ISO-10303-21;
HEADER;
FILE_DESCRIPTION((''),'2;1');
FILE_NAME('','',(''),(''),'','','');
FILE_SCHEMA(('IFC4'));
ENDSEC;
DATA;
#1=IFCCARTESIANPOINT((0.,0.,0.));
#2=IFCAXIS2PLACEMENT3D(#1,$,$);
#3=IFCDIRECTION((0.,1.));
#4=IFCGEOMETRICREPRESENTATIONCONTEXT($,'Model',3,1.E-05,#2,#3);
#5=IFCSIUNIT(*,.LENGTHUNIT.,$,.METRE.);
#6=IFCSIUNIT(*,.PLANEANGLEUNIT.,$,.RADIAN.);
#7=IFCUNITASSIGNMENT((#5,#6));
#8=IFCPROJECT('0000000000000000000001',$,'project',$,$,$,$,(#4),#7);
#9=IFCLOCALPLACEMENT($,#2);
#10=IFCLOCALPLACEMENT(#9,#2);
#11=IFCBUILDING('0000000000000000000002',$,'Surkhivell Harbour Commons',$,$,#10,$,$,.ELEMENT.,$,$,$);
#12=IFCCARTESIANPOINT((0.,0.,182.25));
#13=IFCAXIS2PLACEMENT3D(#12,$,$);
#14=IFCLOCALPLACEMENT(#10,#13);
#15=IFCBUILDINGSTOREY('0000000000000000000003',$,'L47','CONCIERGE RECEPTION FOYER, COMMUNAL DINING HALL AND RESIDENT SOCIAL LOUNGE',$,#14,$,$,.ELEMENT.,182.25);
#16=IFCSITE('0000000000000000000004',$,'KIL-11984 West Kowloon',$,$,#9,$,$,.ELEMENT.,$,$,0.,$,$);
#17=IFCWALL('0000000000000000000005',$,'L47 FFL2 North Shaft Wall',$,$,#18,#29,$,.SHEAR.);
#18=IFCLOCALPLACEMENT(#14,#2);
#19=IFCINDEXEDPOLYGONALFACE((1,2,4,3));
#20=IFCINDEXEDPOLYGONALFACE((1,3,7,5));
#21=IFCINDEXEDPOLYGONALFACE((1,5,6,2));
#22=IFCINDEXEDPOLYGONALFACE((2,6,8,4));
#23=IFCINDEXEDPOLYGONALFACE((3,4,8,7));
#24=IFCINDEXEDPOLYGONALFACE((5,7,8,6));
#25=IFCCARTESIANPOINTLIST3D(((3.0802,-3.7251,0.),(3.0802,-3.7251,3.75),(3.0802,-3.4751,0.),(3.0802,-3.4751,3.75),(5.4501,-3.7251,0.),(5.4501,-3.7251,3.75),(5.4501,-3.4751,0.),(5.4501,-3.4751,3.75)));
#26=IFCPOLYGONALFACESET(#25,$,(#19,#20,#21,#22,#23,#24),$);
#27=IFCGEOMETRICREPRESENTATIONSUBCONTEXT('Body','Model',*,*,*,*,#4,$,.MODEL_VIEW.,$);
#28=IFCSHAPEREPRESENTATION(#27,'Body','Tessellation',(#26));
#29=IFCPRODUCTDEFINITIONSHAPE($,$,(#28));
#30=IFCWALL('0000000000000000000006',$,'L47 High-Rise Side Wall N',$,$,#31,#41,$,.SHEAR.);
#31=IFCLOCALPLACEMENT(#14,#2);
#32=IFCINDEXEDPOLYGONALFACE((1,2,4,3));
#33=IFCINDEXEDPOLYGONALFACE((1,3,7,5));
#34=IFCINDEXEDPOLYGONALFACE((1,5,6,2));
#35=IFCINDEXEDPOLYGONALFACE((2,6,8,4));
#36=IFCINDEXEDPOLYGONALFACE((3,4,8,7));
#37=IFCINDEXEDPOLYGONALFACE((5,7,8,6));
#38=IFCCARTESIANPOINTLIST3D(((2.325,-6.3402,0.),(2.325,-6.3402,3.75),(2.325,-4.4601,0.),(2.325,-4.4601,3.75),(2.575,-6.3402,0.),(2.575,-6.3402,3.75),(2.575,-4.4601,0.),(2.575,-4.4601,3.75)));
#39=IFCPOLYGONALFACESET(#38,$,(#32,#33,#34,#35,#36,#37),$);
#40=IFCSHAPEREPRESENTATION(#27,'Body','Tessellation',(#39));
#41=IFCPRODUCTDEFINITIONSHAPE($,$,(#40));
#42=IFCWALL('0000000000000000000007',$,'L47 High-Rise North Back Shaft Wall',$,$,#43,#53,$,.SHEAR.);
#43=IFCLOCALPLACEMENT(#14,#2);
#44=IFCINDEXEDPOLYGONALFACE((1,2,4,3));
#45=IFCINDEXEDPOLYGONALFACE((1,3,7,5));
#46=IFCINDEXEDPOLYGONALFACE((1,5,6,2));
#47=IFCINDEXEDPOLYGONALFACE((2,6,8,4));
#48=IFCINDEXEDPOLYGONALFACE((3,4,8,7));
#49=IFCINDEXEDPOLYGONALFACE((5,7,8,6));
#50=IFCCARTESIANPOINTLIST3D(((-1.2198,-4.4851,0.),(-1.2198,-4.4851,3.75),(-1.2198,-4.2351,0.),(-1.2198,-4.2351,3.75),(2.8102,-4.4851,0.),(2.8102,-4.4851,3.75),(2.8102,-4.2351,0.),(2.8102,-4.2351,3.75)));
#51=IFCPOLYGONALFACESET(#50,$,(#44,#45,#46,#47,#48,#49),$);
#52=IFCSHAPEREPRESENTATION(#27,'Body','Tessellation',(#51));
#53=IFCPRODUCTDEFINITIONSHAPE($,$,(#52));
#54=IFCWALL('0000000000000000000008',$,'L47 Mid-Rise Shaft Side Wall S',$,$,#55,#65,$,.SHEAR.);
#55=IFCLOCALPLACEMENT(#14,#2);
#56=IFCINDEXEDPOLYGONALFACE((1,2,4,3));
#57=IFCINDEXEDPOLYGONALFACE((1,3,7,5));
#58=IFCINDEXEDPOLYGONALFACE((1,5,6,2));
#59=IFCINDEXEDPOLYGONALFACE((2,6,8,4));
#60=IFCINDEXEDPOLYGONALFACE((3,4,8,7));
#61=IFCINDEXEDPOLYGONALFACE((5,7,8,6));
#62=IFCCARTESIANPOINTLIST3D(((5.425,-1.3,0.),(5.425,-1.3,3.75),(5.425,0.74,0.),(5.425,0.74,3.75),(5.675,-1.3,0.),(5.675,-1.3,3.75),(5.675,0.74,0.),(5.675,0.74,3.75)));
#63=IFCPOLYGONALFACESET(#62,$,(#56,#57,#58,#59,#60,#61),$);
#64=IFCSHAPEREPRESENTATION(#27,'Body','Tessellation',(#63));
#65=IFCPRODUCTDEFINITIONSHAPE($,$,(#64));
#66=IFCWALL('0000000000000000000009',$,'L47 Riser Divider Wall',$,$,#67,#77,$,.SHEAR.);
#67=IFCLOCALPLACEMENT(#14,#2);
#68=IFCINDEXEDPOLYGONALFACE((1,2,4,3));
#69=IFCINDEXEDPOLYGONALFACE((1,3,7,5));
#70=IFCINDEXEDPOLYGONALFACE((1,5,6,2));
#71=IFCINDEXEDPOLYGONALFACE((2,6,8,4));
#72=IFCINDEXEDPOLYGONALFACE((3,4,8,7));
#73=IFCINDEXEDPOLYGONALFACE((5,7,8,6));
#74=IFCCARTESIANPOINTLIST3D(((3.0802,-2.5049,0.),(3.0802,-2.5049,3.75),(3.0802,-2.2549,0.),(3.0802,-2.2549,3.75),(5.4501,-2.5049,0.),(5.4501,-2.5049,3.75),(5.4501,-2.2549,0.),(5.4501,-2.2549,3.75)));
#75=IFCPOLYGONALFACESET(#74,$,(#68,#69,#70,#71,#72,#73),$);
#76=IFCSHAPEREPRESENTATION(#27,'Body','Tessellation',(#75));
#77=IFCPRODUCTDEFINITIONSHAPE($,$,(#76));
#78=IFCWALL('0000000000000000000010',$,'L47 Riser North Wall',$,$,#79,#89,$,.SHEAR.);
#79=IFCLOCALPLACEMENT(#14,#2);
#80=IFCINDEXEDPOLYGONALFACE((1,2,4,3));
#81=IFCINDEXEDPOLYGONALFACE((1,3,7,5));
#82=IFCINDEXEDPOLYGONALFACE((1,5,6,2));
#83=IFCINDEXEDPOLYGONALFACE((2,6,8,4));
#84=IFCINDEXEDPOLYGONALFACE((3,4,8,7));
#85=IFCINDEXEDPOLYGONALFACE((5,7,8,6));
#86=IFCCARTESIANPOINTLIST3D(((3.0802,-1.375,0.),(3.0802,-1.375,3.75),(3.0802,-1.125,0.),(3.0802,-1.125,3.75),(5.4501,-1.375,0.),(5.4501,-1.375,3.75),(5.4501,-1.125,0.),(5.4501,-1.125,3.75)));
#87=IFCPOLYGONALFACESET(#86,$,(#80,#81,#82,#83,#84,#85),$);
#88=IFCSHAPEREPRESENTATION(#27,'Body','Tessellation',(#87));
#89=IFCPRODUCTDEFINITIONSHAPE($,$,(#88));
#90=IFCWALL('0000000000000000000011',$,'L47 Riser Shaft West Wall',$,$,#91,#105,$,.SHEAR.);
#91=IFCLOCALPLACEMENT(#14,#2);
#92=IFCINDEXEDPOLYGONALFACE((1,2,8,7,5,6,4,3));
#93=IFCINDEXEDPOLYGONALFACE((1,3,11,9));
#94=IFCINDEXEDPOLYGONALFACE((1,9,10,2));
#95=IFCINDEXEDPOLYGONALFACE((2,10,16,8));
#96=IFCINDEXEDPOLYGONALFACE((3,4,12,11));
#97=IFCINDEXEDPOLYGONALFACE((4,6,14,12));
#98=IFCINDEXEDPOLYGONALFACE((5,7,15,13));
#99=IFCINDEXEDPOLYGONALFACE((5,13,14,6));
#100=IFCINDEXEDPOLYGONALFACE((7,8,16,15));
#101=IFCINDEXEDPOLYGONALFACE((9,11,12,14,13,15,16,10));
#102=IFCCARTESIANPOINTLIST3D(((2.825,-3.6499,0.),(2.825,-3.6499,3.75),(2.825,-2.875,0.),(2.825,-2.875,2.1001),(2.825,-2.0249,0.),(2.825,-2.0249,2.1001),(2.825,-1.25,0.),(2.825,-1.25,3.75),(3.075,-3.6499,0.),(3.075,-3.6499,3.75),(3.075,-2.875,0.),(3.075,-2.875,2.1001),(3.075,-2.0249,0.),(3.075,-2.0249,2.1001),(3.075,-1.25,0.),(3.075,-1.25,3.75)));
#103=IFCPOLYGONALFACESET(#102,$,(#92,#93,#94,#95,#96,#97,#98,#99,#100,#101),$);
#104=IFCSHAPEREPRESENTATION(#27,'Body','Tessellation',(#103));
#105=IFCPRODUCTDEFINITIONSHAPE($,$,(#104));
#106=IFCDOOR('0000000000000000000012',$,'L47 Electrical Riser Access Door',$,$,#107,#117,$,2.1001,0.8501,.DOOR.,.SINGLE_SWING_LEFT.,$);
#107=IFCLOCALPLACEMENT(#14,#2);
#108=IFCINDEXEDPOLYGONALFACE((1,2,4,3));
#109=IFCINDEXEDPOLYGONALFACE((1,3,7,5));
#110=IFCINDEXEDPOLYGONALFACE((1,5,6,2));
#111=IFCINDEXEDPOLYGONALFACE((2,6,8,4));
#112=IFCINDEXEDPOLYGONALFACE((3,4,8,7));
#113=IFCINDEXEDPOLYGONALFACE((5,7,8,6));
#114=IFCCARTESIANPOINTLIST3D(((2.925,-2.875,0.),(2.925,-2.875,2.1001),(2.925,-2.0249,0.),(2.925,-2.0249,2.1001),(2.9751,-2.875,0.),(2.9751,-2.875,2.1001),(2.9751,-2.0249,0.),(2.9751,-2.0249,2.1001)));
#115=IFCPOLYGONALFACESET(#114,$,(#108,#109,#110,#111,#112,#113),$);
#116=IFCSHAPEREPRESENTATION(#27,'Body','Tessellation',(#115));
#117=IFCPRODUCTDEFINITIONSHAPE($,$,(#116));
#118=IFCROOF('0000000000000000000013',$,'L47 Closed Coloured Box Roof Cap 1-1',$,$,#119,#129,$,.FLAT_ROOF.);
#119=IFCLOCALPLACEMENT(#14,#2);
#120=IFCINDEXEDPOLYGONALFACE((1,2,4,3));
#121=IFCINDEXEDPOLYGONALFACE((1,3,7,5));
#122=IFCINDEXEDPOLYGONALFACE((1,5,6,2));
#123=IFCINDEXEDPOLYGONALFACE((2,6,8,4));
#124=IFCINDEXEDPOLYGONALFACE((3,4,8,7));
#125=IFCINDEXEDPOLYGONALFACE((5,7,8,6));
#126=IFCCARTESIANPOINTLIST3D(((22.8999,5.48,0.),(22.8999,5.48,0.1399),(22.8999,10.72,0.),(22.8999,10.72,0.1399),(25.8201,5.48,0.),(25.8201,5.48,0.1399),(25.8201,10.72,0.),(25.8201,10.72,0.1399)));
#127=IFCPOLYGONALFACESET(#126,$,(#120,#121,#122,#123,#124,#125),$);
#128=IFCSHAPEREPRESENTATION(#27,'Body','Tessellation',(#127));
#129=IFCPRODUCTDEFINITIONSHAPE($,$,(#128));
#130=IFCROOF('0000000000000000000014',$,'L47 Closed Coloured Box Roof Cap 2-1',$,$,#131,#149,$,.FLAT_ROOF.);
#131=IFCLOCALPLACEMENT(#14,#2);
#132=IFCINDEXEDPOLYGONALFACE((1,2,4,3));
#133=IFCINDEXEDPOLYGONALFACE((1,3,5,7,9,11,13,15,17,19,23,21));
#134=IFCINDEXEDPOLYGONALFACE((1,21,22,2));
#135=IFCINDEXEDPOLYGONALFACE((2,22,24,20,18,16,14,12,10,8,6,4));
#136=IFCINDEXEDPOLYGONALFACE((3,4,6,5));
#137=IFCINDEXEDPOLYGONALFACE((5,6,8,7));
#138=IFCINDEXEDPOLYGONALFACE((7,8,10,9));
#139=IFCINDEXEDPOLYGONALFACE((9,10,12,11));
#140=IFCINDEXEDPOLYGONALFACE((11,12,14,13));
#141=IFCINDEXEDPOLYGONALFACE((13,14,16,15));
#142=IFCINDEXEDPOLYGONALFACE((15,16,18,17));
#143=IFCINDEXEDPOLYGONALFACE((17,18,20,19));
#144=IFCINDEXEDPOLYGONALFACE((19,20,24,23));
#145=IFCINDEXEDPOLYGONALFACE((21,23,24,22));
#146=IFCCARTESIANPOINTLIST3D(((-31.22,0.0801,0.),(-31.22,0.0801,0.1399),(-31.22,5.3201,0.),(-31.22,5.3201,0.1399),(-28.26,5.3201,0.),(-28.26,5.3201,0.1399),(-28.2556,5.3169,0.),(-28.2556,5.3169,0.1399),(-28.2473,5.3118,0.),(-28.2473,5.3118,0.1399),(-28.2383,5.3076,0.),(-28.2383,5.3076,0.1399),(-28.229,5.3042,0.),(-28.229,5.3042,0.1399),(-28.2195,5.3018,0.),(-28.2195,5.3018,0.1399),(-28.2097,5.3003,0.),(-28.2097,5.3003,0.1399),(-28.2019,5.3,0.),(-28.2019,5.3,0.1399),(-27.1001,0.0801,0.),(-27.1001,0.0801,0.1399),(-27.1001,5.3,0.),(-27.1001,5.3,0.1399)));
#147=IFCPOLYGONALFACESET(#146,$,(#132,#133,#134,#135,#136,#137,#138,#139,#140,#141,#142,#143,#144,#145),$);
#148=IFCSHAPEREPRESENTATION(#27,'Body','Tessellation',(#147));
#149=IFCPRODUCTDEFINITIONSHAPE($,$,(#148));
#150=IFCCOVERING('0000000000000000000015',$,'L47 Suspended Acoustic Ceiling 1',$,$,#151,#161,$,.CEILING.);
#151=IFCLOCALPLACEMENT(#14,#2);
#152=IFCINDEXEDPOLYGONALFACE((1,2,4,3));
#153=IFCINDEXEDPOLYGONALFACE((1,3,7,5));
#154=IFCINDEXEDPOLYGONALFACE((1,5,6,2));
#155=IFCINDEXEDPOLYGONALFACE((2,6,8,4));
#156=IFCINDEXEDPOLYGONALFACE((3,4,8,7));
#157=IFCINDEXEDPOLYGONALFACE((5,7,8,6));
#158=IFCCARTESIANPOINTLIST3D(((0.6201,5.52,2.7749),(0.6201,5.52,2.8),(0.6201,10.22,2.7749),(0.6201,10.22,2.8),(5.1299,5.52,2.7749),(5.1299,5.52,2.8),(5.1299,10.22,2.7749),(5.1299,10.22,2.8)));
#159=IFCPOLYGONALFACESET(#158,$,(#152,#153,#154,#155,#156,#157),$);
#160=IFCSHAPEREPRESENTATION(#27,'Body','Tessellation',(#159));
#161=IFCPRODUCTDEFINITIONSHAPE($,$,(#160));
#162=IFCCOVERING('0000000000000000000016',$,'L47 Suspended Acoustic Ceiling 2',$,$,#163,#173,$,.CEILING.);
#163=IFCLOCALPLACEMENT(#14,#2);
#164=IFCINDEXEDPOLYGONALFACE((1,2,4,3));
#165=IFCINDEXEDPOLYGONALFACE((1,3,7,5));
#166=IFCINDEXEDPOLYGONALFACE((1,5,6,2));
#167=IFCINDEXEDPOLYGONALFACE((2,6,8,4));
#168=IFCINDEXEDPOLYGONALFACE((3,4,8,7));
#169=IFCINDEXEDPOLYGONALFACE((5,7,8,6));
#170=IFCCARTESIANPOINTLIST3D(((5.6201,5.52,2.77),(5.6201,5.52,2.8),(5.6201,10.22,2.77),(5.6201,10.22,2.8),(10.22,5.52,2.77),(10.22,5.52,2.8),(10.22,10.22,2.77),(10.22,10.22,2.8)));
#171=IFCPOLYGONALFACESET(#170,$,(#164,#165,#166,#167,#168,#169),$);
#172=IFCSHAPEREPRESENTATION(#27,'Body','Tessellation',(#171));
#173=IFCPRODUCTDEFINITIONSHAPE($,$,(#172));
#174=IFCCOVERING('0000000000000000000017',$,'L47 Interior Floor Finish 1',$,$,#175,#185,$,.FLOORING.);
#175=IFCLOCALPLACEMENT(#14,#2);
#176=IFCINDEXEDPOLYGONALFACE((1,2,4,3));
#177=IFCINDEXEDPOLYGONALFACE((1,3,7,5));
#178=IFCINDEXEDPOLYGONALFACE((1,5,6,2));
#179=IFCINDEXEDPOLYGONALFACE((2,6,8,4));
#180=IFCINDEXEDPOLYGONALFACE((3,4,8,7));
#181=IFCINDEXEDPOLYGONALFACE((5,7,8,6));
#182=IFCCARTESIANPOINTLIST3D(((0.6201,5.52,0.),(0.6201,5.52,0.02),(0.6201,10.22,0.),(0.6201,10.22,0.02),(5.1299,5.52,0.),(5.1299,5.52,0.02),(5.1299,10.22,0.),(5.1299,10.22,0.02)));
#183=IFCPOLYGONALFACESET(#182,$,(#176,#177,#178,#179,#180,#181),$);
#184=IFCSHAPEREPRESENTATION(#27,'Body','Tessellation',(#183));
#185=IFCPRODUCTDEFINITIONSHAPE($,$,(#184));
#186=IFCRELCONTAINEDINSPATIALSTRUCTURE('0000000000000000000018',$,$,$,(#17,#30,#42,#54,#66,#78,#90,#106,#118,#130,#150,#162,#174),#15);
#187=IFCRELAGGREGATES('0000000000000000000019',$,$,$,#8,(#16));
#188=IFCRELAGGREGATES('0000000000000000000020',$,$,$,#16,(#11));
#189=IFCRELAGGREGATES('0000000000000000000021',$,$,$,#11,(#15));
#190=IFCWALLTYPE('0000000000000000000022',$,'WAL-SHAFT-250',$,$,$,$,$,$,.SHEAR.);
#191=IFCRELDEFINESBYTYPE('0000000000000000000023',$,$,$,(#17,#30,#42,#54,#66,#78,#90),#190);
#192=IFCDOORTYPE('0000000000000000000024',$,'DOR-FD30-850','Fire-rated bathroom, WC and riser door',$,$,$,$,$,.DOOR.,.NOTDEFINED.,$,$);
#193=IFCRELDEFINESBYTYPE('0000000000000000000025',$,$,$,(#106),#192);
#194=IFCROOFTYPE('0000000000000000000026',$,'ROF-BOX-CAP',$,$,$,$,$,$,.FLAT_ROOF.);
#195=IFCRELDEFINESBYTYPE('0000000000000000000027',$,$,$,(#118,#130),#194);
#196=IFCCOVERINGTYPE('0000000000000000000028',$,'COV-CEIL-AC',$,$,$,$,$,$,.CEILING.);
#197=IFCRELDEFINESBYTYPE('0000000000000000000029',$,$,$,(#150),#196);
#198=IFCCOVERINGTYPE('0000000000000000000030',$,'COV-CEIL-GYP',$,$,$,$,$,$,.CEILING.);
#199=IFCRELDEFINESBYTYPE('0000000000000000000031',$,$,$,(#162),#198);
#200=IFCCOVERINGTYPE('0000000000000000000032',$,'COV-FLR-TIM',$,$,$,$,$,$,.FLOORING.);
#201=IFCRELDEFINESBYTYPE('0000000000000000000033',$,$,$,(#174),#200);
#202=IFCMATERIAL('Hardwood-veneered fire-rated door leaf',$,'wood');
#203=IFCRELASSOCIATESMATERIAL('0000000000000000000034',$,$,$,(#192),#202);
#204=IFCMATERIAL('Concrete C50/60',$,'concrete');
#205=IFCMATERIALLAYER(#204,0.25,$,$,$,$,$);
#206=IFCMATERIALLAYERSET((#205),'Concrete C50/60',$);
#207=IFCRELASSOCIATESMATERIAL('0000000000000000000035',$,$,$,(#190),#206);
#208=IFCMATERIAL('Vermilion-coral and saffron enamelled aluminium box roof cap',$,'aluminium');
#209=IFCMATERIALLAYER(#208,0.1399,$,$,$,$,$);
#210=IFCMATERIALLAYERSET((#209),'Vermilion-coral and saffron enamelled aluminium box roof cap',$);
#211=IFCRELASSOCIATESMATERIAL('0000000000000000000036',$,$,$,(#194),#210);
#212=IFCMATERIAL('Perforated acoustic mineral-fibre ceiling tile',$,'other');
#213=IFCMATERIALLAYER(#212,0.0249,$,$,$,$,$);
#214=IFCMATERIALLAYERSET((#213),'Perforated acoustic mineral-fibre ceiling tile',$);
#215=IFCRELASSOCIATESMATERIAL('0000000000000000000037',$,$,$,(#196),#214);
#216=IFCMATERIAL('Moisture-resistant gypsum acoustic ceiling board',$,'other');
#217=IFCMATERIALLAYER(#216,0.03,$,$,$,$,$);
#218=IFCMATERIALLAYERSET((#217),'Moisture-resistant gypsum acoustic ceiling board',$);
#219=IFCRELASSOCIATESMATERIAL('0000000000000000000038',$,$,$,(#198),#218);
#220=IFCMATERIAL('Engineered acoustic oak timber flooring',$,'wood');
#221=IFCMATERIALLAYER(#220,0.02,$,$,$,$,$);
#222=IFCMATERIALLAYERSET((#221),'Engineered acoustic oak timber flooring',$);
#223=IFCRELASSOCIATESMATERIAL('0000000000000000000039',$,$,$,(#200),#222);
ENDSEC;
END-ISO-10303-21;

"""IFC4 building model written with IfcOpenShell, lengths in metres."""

from ifc_helpers import new_model, si_unit, direction, frame, frame_2d, origin, place, context, subcontext, project, spatial, polyline, rectangle, outline, extrude, material, layer, layer_set, type_object, element, fill, save


model = new_model("IFC4")

# Units and contexts
model_context = context("Model", 3, precision=1e-05, world=origin(), true_north=direction((0.0, 1.0)))
body_context = subcontext(model_context, "Body", "Model", "MODEL_VIEW")
ifc_project = project(units=[si_unit("LENGTHUNIT", "METRE"), si_unit("PLANEANGLEUNIT", "RADIAN")], contexts=[model_context])

# Site, building, storey
site_placement = place(None, origin())
site = spatial("IfcSite", under=ifc_project, at=site_placement, Name="KIL-11984 West Kowloon", CompositionType="ELEMENT", RefElevation=0.0)
building_placement = place(site_placement, origin())
building = spatial("IfcBuilding", under=site, at=building_placement, Name="Surkhivell Harbour Commons", CompositionType="ELEMENT")
storey_placement = place(building_placement, frame((0.0, 0.0, 182.25)))
storey = spatial("IfcBuildingStorey", under=building, at=storey_placement, Name="L47", Description="CONCIERGE RECEPTION FOYER, COMMUNAL DINING HALL AND RESIDENT SOCIAL LOUNGE", CompositionType="ELEMENT", Elevation=182.25)

# Shared definitions
ifc_material_1 = material(Name="Hardwood-veneered fire-rated door leaf", Category="wood")
door_type = type_object("IfcDoorType", Name="DOR-FD30-850", Description="Fire-rated bathroom, WC and riser door", OperationType="NOTDEFINED", PredefinedType="DOOR", material=ifc_material_1)

# Walls
ifc_material_2 = material(Name="Concrete C50/60", Category="concrete")
ifc_layer_1 = layer(ifc_material_2, 0.25)
ifc_layer_set_1 = layer_set([ifc_layer_1], Name="Concrete C50/60")
wall_type_1 = type_object("IfcWallType", Name="WAL-SHAFT-250", PredefinedType="SHEAR", material=ifc_layer_set_1)
wall_1_placement = place(storey_placement, frame((3.0801, -3.6001, 0.0), z_axis=(0.0, 0.0, 1.0), x_axis=(1.0, 0.0, 0.0)))
element("IfcWall", 1, at=wall_1_placement, inside=storey, type_object=wall_type_1, Name="L47 FFL2 North Shaft Wall", PredefinedType="SHEAR", context=body_context, shape_type="SweptSolid", body=[
    extrude(rectangle(XDim=2.3699, YDim=0.25, at=frame_2d((1.1851, 0.0))), origin(), (0.0, 0.0, 1.0), 3.75),
])
wall_2_placement = place(storey_placement, frame((2.45, -6.3401, 0.0), z_axis=(0.0, 0.0, 1.0), x_axis=(0.0, 1.0, 0.0)))
element("IfcWall", 2, at=wall_2_placement, inside=storey, type_object=wall_type_1, Name="L47 High-Rise Side Wall N", PredefinedType="SHEAR", context=body_context, shape_type="SweptSolid", body=[
    extrude(rectangle(XDim=1.8801, YDim=0.25, at=frame_2d((0.9399, 0.0))), origin(), (0.0, 0.0, 1.0), 3.75),
])
wall_3_placement = place(storey_placement, frame((-1.22, -4.3601, 0.0), z_axis=(0.0, 0.0, 1.0), x_axis=(1.0, 0.0, 0.0)))
element("IfcWall", 3, at=wall_3_placement, inside=storey, type_object=wall_type_1, Name="L47 High-Rise North Back Shaft Wall", PredefinedType="SHEAR", context=body_context, shape_type="SweptSolid", body=[
    extrude(rectangle(XDim=4.03, YDim=0.25, at=frame_2d((2.0151, 0.0))), origin(), (0.0, 0.0, 1.0), 3.75),
])
wall_4_placement = place(storey_placement, frame((5.55, -1.3, 0.0), z_axis=(0.0, 0.0, 1.0), x_axis=(0.0, 1.0, 0.0)))
element("IfcWall", 4, at=wall_4_placement, inside=storey, type_object=wall_type_1, Name="L47 Mid-Rise Shaft Side Wall S", PredefinedType="SHEAR", context=body_context, shape_type="SweptSolid", body=[
    extrude(rectangle(XDim=2.04, YDim=0.25, at=frame_2d((1.02, 0.0))), origin(), (0.0, 0.0, 1.0), 3.75),
])
for number, where, z_axis, x_axis, name in (
    (5, (3.0801, -2.3799, 0.0), (0.0, 0.0, 1.0), (1.0, 0.0, 0.0), "L47 Riser Divider Wall"),
    (6, (3.0801, -1.25, 0.0), (0.0, 0.0, 1.0), (1.0, 0.0, 0.0), "L47 Riser North Wall"),
):
    element("IfcWall", number, at=place(storey_placement, frame(where, z_axis=z_axis, x_axis=x_axis)), inside=storey, type_object=wall_type_1, Name=name, PredefinedType="SHEAR", context=body_context, shape_type="SweptSolid", body=[
        extrude(rectangle(XDim=2.3699, YDim=0.25, at=frame_2d((1.1851, 0.0))), origin(), (0.0, 0.0, 1.0), 3.75),
    ])

# Wall, opening, door
wall_5_placement = place(storey_placement, frame((2.95, -3.6499, 0.0), z_axis=(0.0, 0.0, 1.0), x_axis=(0.0, 1.0, 0.0)))
wall_5 = element("IfcWall", 7, at=wall_5_placement, inside=storey, type_object=wall_type_1, Name="L47 Riser Shaft West Wall", PredefinedType="SHEAR", context=body_context, shape_type="SweptSolid", body=[
    extrude(rectangle(XDim=2.3999, YDim=0.25, at=frame_2d((1.2, 0.0))), origin(), (0.0, 0.0, 1.0), 3.75),
])
opening_1_placement = place(wall_5_placement, frame((0.7749, 0.0, 0.0)))
opening_1 = element("IfcOpeningElement", 8, at=opening_1_placement, cuts=wall_5, PredefinedType="OPENING", context=body_context, shape_type="SweptSolid", body=[
    extrude(rectangle(XDim=0.8501, YDim=2.1001, at=frame_2d((0.425, 1.05))), frame((0.0, 0.135, 0.0), z_axis=(0.0, -1.0, 0.0), x_axis=(1.0, 0.0, 0.0)), (0.0, 0.0, 1.0), 0.27),
])
door_1_placement = place(opening_1_placement, origin())
door_1 = element("IfcDoor", 9, at=door_1_placement, inside=storey, type_object=door_type, Name="L47 Electrical Riser Access Door", OperationType="SINGLE_SWING_LEFT", OverallHeight=2.1001, OverallWidth=0.8501, PredefinedType="DOOR", context=body_context, shape_type="SweptSolid", body=[
    extrude(rectangle(XDim=0.8501, YDim=2.1001, at=frame_2d((0.425, 1.05))), frame((0.0, 0.0249, 0.0), z_axis=(0.0, -1.0, 0.0), x_axis=(1.0, 0.0, 0.0)), (0.0, 0.0, 1.0), 0.05),
])
fill(opening_1, door_1)

# Roofs
ifc_material_3 = material(Name="Vermilion-coral and saffron enamelled aluminium box roof cap", Category="aluminium")
ifc_layer_2 = layer(ifc_material_3, 0.1399)
ifc_layer_set_2 = layer_set([ifc_layer_2], Name="Vermilion-coral and saffron enamelled aluminium box roof cap")
roof_type = type_object("IfcRoofType", Name="ROF-BOX-CAP", PredefinedType="FLAT_ROOF", material=ifc_layer_set_2)
roof_1_placement = place(storey_placement, origin())
element("IfcRoof", 10, at=roof_1_placement, inside=storey, type_object=roof_type, Name="L47 Closed Coloured Box Roof Cap 1-1", PredefinedType="FLAT_ROOF", context=body_context, shape_type="SweptSolid", body=[
    extrude(outline(polyline([(22.8999, 10.72), (22.8999, 5.48), (25.8201, 5.48), (25.8201, 10.72), (22.8999, 10.72)])), origin(), (0.0, 0.0, 1.0), 0.1399),
])
roof_2_placement = place(storey_placement, origin())
element("IfcRoof", 11, at=roof_2_placement, inside=storey, type_object=roof_type, Name="L47 Closed Coloured Box Roof Cap 2-1", PredefinedType="FLAT_ROOF", context=body_context, shape_type="SweptSolid", body=[
    extrude(outline(polyline([(-27.1001, 0.0801), (-27.1001, 5.3), (-28.2019, 5.3), (-28.2097, 5.3003), (-28.2195, 5.3018), (-28.229, 5.3042), (-28.2383, 5.3076), (-28.2473, 5.3118), (-28.2556, 5.3169), (-28.26, 5.3201), (-31.22, 5.3201), (-31.22, 0.0801), (-27.1001, 0.0801)])), origin(), (0.0, 0.0, 1.0), 0.1399),
])

# Coverings
ifc_material_4 = material(Name="Perforated acoustic mineral-fibre ceiling tile", Category="other")
ifc_layer_3 = layer(ifc_material_4, 0.0249)
ifc_layer_set_3 = layer_set([ifc_layer_3], Name="Perforated acoustic mineral-fibre ceiling tile")
covering_type_1 = type_object("IfcCoveringType", Name="COV-CEIL-AC", PredefinedType="CEILING", material=ifc_layer_set_3)
covering_1_placement = place(storey_placement, frame((0.0, 0.0, 2.7749)))
element("IfcCovering", 12, at=covering_1_placement, inside=storey, type_object=covering_type_1, Name="L47 Suspended Acoustic Ceiling 1", PredefinedType="CEILING", context=body_context, shape_type="SweptSolid", body=[
    extrude(outline(polyline([(0.6201, 5.52), (5.1299, 5.52), (5.1299, 10.22), (0.6201, 10.22), (0.6201, 5.52)])), origin(), (0.0, 0.0, 1.0), 0.0251),
])
ifc_material_5 = material(Name="Moisture-resistant gypsum acoustic ceiling board", Category="other")
ifc_layer_4 = layer(ifc_material_5, 0.03)
ifc_layer_set_4 = layer_set([ifc_layer_4], Name="Moisture-resistant gypsum acoustic ceiling board")
covering_type_2 = type_object("IfcCoveringType", Name="COV-CEIL-GYP", PredefinedType="CEILING", material=ifc_layer_set_4)
covering_2_placement = place(storey_placement, frame((0.0, 0.0, 2.77)))
element("IfcCovering", 13, at=covering_2_placement, inside=storey, type_object=covering_type_2, Name="L47 Suspended Acoustic Ceiling 2", PredefinedType="CEILING", context=body_context, shape_type="SweptSolid", body=[
    extrude(outline(polyline([(5.6201, 5.52), (10.22, 5.52), (10.22, 10.22), (5.6201, 10.22), (5.6201, 5.52)])), origin(), (0.0, 0.0, 1.0), 0.03),
])
ifc_material_6 = material(Name="Engineered acoustic oak timber flooring", Category="wood")
ifc_layer_5 = layer(ifc_material_6, 0.02)
ifc_layer_set_5 = layer_set([ifc_layer_5], Name="Engineered acoustic oak timber flooring")
covering_type_3 = type_object("IfcCoveringType", Name="COV-FLR-TIM", PredefinedType="FLOORING", material=ifc_layer_set_5)
covering_3_placement = place(storey_placement, origin())
element("IfcCovering", 14, at=covering_3_placement, inside=storey, type_object=covering_type_3, Name="L47 Interior Floor Finish 1", PredefinedType="FLOORING", context=body_context, shape_type="SweptSolid", body=[
    extrude(outline(polyline([(0.6201, 5.52), (5.1299, 5.52), (5.1299, 10.22), (0.6201, 10.22), (0.6201, 5.52)])), origin(), (0.0, 0.0, 1.0), 0.02),
])

save(model, "model.ifc")
